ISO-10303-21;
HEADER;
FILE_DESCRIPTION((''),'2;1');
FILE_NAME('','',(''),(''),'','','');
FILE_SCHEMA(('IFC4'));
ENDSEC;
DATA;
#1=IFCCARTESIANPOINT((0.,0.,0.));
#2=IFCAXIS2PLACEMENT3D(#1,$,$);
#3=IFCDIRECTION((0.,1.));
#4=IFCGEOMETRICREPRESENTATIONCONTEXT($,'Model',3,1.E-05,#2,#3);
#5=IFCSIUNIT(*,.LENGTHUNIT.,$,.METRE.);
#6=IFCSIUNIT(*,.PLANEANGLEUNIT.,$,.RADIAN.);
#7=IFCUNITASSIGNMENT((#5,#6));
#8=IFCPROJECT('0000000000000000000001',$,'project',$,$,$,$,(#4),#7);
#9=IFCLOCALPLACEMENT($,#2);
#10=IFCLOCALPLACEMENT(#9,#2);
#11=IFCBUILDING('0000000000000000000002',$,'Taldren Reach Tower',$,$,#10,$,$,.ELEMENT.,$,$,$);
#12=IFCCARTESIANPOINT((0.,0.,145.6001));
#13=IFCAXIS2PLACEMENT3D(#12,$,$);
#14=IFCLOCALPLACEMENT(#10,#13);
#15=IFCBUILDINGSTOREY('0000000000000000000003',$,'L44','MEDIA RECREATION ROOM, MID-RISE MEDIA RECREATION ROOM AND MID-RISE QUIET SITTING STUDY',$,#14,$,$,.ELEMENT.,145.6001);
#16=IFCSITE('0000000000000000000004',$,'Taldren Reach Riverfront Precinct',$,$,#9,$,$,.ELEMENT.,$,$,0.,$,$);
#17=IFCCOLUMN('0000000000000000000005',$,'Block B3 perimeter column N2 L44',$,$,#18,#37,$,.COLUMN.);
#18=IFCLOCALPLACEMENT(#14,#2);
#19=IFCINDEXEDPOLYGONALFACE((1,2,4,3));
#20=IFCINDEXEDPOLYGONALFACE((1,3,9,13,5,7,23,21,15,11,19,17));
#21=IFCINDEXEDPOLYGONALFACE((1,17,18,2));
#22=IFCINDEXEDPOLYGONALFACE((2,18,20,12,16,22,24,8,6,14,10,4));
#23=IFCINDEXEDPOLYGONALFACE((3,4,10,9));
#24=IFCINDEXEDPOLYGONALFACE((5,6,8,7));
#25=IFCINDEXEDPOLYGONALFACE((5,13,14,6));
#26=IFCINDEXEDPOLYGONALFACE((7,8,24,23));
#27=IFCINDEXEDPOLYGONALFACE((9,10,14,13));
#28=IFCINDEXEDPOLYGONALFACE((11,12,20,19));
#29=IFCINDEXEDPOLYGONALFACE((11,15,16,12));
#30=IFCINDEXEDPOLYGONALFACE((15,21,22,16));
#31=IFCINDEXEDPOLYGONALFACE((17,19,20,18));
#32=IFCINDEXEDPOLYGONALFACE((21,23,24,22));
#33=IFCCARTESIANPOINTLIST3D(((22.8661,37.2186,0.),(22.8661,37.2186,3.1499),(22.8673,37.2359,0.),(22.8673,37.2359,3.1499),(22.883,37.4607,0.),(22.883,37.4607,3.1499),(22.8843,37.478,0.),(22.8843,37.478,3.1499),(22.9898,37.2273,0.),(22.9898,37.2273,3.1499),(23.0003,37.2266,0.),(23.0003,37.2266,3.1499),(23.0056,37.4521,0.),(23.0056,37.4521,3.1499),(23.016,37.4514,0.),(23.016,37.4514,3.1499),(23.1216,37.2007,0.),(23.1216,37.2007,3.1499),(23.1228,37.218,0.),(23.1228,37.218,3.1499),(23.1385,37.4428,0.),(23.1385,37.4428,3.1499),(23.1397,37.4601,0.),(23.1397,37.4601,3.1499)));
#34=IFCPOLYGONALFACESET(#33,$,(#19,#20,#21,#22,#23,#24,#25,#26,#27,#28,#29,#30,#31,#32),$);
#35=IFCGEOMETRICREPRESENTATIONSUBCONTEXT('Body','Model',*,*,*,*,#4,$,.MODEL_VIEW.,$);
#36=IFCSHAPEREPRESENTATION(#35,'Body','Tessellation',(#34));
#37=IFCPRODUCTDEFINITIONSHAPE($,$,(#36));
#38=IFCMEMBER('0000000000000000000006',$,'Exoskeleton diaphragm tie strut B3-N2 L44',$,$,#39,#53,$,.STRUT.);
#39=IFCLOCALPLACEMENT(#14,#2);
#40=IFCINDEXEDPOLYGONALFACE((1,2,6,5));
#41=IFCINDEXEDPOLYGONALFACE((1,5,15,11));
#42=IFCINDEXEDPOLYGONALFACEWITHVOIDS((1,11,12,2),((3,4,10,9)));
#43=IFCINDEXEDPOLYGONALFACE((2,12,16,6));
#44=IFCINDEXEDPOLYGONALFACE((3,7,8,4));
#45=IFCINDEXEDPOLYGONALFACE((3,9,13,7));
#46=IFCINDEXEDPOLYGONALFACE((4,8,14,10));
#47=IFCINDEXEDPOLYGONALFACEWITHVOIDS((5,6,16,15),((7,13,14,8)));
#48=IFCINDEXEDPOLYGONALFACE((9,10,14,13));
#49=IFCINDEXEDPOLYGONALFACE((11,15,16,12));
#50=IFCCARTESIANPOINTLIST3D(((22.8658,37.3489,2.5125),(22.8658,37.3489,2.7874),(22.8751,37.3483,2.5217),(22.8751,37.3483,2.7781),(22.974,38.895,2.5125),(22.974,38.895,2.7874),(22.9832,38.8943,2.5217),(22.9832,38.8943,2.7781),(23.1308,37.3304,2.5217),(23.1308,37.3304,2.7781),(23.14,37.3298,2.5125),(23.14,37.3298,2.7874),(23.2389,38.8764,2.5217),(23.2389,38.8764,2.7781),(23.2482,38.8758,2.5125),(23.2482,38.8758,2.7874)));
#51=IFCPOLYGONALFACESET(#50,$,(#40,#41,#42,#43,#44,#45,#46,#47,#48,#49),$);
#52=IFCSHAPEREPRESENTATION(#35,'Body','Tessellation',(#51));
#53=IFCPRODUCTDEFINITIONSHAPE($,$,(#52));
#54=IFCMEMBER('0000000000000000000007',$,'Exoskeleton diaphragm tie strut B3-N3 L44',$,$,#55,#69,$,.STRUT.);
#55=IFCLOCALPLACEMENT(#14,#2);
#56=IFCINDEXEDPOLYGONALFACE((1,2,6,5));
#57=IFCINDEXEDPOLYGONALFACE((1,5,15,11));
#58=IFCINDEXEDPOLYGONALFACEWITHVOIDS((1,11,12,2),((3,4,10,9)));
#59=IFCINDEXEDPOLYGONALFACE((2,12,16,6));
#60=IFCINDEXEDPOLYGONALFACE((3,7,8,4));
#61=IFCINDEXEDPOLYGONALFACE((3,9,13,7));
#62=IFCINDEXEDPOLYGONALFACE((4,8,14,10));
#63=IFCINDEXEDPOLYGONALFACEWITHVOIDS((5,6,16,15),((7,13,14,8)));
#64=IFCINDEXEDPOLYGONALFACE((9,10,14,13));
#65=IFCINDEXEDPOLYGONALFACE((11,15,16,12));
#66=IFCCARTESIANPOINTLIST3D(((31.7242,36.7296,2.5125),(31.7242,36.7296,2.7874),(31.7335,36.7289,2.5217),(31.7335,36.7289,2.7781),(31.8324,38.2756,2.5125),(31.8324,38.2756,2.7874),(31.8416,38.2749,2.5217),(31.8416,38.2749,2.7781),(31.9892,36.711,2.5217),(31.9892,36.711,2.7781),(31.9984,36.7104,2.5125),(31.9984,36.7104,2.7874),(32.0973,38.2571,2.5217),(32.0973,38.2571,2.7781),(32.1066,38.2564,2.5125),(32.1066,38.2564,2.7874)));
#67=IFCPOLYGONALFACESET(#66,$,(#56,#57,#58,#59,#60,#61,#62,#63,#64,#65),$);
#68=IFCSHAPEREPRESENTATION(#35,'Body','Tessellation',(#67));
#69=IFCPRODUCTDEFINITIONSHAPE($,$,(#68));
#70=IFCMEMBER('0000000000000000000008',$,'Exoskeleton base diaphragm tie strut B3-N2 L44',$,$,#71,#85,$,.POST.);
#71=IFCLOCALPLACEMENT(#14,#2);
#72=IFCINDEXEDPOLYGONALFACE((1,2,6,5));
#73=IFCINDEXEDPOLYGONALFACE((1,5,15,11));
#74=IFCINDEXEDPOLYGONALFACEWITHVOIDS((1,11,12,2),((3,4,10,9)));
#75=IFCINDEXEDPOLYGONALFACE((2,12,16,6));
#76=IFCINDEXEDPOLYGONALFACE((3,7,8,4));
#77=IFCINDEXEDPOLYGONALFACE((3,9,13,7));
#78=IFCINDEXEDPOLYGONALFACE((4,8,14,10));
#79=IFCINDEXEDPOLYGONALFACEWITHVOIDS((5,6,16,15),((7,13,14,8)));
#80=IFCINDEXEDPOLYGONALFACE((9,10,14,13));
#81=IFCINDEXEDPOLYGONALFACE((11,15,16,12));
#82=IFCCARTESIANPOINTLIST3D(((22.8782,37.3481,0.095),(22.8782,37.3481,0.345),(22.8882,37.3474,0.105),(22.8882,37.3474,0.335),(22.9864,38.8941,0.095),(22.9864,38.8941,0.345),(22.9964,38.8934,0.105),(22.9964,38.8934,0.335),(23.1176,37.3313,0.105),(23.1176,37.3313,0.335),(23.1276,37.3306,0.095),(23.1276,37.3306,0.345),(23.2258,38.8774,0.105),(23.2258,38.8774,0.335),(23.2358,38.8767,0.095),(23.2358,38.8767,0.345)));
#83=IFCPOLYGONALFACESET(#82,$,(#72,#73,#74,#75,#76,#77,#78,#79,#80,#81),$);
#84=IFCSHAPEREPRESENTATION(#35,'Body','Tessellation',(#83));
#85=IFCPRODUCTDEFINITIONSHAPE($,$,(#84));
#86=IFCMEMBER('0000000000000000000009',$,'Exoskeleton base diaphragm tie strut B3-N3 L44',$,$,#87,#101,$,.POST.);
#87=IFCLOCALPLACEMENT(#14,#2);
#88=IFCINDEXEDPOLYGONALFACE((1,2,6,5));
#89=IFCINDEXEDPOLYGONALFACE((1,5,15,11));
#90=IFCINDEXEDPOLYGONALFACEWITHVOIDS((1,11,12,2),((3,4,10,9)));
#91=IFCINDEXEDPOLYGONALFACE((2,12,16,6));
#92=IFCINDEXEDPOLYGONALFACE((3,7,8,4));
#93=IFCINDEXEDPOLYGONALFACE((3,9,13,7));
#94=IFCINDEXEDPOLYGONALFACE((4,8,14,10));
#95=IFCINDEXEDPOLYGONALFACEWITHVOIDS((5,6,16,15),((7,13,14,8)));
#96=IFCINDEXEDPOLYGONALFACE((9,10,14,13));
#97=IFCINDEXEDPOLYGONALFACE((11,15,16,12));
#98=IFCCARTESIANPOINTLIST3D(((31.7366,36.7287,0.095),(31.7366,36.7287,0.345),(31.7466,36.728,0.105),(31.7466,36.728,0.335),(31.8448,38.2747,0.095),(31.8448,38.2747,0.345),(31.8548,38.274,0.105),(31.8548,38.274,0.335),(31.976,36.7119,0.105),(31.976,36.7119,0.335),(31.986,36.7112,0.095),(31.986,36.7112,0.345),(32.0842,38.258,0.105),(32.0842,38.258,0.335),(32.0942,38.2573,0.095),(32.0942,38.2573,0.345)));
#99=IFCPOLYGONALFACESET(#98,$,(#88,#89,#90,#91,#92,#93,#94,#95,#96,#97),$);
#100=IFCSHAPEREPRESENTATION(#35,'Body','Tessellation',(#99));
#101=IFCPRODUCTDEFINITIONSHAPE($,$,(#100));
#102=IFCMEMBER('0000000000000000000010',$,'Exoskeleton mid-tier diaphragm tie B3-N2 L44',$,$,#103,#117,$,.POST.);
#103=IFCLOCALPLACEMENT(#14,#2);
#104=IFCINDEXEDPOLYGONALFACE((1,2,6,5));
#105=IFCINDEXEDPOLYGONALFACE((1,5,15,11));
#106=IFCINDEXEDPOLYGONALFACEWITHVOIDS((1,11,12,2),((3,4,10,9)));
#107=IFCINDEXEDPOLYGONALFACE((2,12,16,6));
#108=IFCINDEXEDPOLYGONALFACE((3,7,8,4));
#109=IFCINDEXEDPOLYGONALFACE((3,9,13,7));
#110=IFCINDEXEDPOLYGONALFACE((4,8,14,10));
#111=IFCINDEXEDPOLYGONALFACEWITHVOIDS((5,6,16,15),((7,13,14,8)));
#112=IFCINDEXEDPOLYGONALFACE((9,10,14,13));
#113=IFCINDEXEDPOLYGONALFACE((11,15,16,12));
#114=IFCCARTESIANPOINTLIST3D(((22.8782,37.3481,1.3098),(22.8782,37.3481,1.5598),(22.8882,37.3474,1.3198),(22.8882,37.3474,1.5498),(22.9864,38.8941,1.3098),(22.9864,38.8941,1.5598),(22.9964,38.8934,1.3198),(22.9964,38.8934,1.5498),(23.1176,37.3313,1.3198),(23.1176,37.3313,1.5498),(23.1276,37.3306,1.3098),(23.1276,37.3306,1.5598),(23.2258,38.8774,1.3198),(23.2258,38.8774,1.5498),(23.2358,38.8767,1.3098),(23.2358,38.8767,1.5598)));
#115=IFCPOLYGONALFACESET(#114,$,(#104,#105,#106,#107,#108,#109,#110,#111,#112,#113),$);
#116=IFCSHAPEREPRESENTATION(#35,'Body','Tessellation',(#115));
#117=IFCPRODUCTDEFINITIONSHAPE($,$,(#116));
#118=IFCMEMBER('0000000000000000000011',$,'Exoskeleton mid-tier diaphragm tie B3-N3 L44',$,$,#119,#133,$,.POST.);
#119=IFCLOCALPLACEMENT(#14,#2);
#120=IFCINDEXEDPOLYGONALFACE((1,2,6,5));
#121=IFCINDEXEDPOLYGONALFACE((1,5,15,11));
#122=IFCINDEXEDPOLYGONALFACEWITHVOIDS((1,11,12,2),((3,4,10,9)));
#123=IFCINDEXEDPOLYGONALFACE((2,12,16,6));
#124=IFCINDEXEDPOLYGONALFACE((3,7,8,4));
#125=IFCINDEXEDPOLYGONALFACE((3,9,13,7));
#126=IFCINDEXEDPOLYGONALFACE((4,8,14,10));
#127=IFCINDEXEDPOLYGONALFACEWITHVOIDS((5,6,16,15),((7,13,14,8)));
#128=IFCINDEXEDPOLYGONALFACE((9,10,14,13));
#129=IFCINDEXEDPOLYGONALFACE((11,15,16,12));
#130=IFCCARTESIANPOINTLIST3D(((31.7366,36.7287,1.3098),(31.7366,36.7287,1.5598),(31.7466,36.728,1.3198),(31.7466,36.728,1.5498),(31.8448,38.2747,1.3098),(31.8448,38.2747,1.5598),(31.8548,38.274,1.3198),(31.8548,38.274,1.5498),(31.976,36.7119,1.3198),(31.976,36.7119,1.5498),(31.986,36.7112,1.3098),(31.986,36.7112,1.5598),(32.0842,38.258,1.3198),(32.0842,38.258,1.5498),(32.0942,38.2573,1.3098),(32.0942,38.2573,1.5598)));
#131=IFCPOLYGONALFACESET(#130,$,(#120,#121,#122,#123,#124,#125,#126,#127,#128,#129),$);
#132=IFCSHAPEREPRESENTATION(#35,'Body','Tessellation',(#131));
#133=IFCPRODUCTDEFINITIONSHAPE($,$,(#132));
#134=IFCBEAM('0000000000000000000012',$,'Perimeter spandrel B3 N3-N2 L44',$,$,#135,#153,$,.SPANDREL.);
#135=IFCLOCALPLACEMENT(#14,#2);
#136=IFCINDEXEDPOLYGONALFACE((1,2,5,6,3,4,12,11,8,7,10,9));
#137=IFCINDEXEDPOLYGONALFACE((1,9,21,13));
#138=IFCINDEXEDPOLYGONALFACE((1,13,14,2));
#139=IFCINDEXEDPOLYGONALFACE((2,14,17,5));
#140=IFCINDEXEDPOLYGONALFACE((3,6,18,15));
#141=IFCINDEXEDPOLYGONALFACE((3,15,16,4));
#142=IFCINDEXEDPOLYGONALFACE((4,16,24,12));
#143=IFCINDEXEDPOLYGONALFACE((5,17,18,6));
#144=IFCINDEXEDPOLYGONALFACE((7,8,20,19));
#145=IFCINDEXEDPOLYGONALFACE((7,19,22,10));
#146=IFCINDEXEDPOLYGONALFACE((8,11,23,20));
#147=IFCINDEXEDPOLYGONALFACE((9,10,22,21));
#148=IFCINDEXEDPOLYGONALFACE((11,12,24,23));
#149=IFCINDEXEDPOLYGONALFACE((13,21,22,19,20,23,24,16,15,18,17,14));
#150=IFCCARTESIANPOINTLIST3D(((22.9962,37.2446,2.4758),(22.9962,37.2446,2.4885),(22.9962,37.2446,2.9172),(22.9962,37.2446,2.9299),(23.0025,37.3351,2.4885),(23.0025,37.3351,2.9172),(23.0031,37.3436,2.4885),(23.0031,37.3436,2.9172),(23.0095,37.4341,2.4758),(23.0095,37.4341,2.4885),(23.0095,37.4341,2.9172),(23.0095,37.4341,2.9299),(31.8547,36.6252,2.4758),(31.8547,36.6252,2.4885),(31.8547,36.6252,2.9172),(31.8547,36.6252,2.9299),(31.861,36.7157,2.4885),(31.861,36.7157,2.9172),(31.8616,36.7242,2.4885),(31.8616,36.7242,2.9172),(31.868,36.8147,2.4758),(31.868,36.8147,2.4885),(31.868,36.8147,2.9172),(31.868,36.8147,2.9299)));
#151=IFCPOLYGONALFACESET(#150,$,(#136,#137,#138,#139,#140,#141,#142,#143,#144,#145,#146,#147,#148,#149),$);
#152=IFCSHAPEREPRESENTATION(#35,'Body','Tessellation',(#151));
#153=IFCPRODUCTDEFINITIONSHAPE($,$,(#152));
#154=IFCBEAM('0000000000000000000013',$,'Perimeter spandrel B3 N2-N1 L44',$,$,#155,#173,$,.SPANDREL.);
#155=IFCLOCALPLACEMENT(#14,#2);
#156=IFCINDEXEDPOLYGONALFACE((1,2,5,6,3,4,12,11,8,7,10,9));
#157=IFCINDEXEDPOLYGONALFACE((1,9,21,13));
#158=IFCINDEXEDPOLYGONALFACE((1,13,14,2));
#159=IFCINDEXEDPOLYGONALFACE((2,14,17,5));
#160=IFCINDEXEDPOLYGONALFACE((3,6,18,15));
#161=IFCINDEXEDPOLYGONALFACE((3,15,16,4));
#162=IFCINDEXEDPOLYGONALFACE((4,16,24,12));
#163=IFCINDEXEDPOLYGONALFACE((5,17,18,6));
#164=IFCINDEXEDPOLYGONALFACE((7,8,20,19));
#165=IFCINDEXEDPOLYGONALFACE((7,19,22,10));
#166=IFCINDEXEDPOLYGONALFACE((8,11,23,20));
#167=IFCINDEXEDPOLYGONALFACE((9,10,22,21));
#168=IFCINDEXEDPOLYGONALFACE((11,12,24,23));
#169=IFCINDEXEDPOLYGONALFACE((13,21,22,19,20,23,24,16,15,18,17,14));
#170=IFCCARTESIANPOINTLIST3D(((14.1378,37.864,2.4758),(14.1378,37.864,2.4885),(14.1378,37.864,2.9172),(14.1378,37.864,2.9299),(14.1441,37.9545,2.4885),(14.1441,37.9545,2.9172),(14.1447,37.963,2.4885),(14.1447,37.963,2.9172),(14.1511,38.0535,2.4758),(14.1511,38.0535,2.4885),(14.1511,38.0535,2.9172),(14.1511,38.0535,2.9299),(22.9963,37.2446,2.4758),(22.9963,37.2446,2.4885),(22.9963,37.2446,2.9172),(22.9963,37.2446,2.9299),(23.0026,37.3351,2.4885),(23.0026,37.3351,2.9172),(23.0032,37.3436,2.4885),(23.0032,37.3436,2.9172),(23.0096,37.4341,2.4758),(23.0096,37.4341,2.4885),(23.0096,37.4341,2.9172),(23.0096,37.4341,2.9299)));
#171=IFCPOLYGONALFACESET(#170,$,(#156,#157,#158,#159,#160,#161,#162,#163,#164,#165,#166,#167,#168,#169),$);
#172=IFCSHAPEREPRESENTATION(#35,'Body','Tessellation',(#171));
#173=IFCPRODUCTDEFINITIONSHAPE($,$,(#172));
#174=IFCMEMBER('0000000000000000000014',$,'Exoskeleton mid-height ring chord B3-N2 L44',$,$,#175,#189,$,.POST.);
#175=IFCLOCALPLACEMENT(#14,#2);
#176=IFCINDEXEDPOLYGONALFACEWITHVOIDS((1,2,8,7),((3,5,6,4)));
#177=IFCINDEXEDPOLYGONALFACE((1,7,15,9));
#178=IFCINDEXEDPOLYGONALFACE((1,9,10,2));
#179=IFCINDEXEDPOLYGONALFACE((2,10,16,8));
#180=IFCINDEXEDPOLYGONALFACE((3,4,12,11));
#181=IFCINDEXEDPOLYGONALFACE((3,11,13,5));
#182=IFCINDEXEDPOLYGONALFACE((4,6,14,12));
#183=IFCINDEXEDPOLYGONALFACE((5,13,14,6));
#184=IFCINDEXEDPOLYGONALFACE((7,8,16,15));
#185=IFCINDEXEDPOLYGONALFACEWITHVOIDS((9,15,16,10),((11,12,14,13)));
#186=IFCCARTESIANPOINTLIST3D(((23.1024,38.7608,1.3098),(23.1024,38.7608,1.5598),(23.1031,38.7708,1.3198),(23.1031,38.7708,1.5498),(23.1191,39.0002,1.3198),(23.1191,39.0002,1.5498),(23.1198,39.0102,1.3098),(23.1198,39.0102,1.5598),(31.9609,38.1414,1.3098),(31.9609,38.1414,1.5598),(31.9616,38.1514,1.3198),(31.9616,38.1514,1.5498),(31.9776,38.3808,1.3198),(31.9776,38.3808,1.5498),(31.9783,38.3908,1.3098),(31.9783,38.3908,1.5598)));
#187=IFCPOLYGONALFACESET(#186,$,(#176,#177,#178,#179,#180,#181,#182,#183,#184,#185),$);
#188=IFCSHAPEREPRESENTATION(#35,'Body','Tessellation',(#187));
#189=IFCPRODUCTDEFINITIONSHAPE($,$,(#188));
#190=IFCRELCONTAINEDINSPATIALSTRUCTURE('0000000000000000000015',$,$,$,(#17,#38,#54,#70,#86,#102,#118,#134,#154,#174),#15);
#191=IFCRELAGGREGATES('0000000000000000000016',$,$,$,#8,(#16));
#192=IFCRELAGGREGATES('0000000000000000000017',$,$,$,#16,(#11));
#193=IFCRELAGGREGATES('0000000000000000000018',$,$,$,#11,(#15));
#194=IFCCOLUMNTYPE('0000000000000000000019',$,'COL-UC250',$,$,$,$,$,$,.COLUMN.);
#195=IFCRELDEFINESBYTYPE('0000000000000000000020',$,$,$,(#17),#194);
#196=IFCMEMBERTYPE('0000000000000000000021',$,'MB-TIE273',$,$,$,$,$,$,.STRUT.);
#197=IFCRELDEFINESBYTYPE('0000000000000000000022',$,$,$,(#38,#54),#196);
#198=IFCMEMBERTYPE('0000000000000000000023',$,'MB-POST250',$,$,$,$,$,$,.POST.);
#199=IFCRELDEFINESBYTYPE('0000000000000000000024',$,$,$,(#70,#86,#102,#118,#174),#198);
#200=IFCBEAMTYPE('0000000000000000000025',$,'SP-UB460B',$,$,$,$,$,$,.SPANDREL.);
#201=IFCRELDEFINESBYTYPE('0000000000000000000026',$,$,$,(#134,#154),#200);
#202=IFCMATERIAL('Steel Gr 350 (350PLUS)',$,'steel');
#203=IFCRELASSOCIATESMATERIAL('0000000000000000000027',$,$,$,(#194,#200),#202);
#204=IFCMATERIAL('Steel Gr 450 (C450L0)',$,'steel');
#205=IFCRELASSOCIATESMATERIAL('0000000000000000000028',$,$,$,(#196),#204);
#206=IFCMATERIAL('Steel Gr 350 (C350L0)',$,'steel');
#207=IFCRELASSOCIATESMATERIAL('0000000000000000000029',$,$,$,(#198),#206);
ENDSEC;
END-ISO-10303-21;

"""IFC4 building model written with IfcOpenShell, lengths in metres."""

from ifc_helpers import new_model, si_unit, direction, frame, origin, origin_2d, place, context, subcontext, project, spatial, hollow_rectangle, i_section, extrude, source, transform, mapped, material, material_profile, profile_set, type_object, element, save


model = new_model("IFC4")

# Units and contexts
model_context = context("Model", 3, precision=1e-05, world=origin(), true_north=direction((0.0, 1.0)))
body_context = subcontext(model_context, "Body", "Model", "MODEL_VIEW")
ifc_project = project(units=[si_unit("LENGTHUNIT", "METRE"), si_unit("PLANEANGLEUNIT", "RADIAN")], contexts=[model_context])

# Site, building, storey
site_placement = place(None, origin())
site = spatial("IfcSite", under=ifc_project, at=site_placement, Name="Taldren Reach Riverfront Precinct", CompositionType="ELEMENT", RefElevation=0.0)
building_placement = place(site_placement, origin())
building = spatial("IfcBuilding", under=site, at=building_placement, Name="Taldren Reach Tower", CompositionType="ELEMENT")
storey_placement = place(building_placement, frame((0.0, 0.0, 145.6001)))
storey = spatial("IfcBuildingStorey", under=building, at=storey_placement, Name="L44", Description="MEDIA RECREATION ROOM, MID-RISE MEDIA RECREATION ROOM AND MID-RISE QUIET SITTING STUDY", CompositionType="ELEMENT", Elevation=145.6001)

# Column
ifc_material_1 = material(Name="Steel Gr 350 (350PLUS)", Category="steel")
ifc_material_profile_1 = material_profile(ifc_material_1, i_section(OverallWidth=0.2561, OverallDepth=0.26, WebThickness=0.0105, FlangeThickness=0.0173, at=origin_2d()), Name="250UC89.5")
ifc_profile_set_1 = profile_set([ifc_material_profile_1], Name="Steel Gr 350 (350PLUS)")
column_type = type_object("IfcColumnType", Name="COL-UC250", PredefinedType="COLUMN", material=ifc_profile_set_1)
shared_shape_1 = source(origin(), body_context, "Body", "SweptSolid", [
    extrude(i_section(OverallWidth=0.2561, OverallDepth=0.26, WebThickness=0.0105, FlangeThickness=0.0173, at=origin_2d()), origin(), (0.0, 0.0, 1.0), 3.1499),
])
column_placement = place(storey_placement, frame((23.0029, 37.3394, 0.0), z_axis=(0.0, 0.0, 1.0), x_axis=(0.997564, -0.069756, 0.0)))
element("IfcColumn", 1, at=column_placement, inside=storey, type_object=column_type, Name="Block B3 perimeter column N2 L44", PredefinedType="COLUMN", context=body_context, shape_type="MappedRepresentation", body=[
    mapped(shared_shape_1, transform((0.0, 0.0, 0.0), scale=1.0)),
])

# Members
ifc_material_2 = material(Name="Steel Gr 450 (C450L0)", Category="steel")
ifc_material_profile_2 = material_profile(ifc_material_2, hollow_rectangle(XDim=0.2749, YDim=0.2749, WallThickness=0.0093, at=origin_2d()), Name="275x275x9.3SHS")
ifc_profile_set_2 = profile_set([ifc_material_profile_2], Name="Steel Gr 450 (C450L0)")
member_type_1 = type_object("IfcMemberType", Name="MB-TIE273", PredefinedType="STRUT", material=ifc_profile_set_2)
shared_shape_2 = source(origin(), body_context, "Body", "SweptSolid", [
    extrude(hollow_rectangle(XDim=0.2749, YDim=0.2749, WallThickness=0.0093, at=origin_2d()), origin(), (0.0, 0.0, 1.0), 1.5498),
])
for number, where, z_axis, x_axis, name in (
    (2, (23.0029, 37.3394, 2.6499), (0.069781, 0.997562, 0.0), (-0.997562, 0.069781, 0.0), "Exoskeleton diaphragm tie strut B3-N2 L44"),
    (3, (31.8613, 36.72, 2.6499), (0.069781, 0.997562, 0.0), (-0.997562, 0.069781, 0.0), "Exoskeleton diaphragm tie strut B3-N3 L44"),
):
    element("IfcMember", number, at=place(storey_placement, frame(where, z_axis=z_axis, x_axis=x_axis)), inside=storey, type_object=member_type_1, Name=name, PredefinedType="STRUT", context=body_context, shape_type="MappedRepresentation", body=[
        mapped(shared_shape_2, transform((0.0, 0.0, 0.0), scale=1.0)),
    ])
ifc_material_3 = material(Name="Steel Gr 350 (C350L0)", Category="steel")
ifc_material_profile_3 = material_profile(ifc_material_3, hollow_rectangle(XDim=0.25, YDim=0.25, WallThickness=0.01, at=origin_2d()), Name="250x250x10.0SHS")
ifc_profile_set_3 = profile_set([ifc_material_profile_3], Name="Steel Gr 350 (C350L0)")
member_type_2 = type_object("IfcMemberType", Name="MB-POST250", PredefinedType="POST", material=ifc_profile_set_3)
shared_shape_3 = source(origin(), body_context, "Body", "SweptSolid", [
    extrude(hollow_rectangle(XDim=0.25, YDim=0.25, WallThickness=0.01, at=origin_2d()), origin(), (0.0, 0.0, 1.0), 1.5498),
])
for number, where, z_axis, x_axis, name in (
    (4, (23.0029, 37.3394, 0.22), (0.069781, 0.997562, 0.0), (-0.997562, 0.069781, 0.0), "Exoskeleton base diaphragm tie strut B3-N2 L44"),
    (5, (31.8613, 36.72, 0.22), (0.069781, 0.997562, 0.0), (-0.997562, 0.069781, 0.0), "Exoskeleton base diaphragm tie strut B3-N3 L44"),
    (6, (23.0029, 37.3394, 1.4348), (0.069781, 0.997562, 0.0), (-0.997562, 0.069781, 0.0), "Exoskeleton mid-tier diaphragm tie B3-N2 L44"),
    (7, (31.8613, 36.72, 1.4348), (0.069781, 0.997562, 0.0), (-0.997562, 0.069781, 0.0), "Exoskeleton mid-tier diaphragm tie B3-N3 L44"),
):
    element("IfcMember", number, at=place(storey_placement, frame(where, z_axis=z_axis, x_axis=x_axis)), inside=storey, type_object=member_type_2, Name=name, PredefinedType="POST", context=body_context, shape_type="MappedRepresentation", body=[
        mapped(shared_shape_3, transform((0.0, 0.0, 0.0), scale=1.0)),
    ])

# Beams
ifc_material_profile_4 = material_profile(ifc_material_1, i_section(OverallWidth=0.1899, OverallDepth=0.4541, WebThickness=0.0085, FlangeThickness=0.0127, at=origin_2d()), Name="460UB67.1")
ifc_profile_set_4 = profile_set([ifc_material_profile_4], Name="Steel Gr 350 (350PLUS)")
beam_type = type_object("IfcBeamType", Name="SP-UB460B", PredefinedType="SPANDREL", material=ifc_profile_set_4)
shared_shape_4 = source(origin(), body_context, "Body", "SweptSolid", [
    extrude(i_section(OverallWidth=0.1899, OverallDepth=0.4541, WebThickness=0.0085, FlangeThickness=0.0127, at=origin_2d()), origin(), (0.0, 0.0, 1.0), 8.8801),
])
for number, where, z_axis, x_axis, name in (
    (8, (31.8613, 36.72, 2.7029), (-0.997564, 0.06975, 0.0), (-0.06975, -0.997564, 0.0), "Perimeter spandrel B3 N3-N2 L44"),
    (9, (23.0029, 37.3394, 2.7029), (-0.997564, 0.06975, 0.0), (-0.06975, -0.997564, 0.0), "Perimeter spandrel B3 N2-N1 L44"),
):
    element("IfcBeam", number, at=place(storey_placement, frame(where, z_axis=z_axis, x_axis=x_axis)), inside=storey, type_object=beam_type, Name=name, PredefinedType="SPANDREL", context=body_context, shape_type="MappedRepresentation", body=[
        mapped(shared_shape_4, transform((0.0, 0.0, 0.0), scale=1.0)),
    ])

# Member
shared_shape_5 = source(origin(), body_context, "Body", "SweptSolid", [
    extrude(hollow_rectangle(XDim=0.25, YDim=0.25, WallThickness=0.01, at=origin_2d()), origin(), (0.0, 0.0, 1.0), 8.8801),
])
for number, where, z_axis, x_axis, name in (
    (10, (23.1111, 38.8855, 1.4348), (0.997564, -0.06975, 0.0), (0.06975, 0.997564, 0.0), "Exoskeleton mid-height ring chord B3-N2 L44"),
):
    element("IfcMember", number, at=place(storey_placement, frame(where, z_axis=z_axis, x_axis=x_axis)), inside=storey, type_object=member_type_2, Name=name, PredefinedType="POST", context=body_context, shape_type="MappedRepresentation", body=[
        mapped(shared_shape_5, transform((0.0, 0.0, 0.0), scale=1.0)),
    ])

save(model, "model.ifc")
